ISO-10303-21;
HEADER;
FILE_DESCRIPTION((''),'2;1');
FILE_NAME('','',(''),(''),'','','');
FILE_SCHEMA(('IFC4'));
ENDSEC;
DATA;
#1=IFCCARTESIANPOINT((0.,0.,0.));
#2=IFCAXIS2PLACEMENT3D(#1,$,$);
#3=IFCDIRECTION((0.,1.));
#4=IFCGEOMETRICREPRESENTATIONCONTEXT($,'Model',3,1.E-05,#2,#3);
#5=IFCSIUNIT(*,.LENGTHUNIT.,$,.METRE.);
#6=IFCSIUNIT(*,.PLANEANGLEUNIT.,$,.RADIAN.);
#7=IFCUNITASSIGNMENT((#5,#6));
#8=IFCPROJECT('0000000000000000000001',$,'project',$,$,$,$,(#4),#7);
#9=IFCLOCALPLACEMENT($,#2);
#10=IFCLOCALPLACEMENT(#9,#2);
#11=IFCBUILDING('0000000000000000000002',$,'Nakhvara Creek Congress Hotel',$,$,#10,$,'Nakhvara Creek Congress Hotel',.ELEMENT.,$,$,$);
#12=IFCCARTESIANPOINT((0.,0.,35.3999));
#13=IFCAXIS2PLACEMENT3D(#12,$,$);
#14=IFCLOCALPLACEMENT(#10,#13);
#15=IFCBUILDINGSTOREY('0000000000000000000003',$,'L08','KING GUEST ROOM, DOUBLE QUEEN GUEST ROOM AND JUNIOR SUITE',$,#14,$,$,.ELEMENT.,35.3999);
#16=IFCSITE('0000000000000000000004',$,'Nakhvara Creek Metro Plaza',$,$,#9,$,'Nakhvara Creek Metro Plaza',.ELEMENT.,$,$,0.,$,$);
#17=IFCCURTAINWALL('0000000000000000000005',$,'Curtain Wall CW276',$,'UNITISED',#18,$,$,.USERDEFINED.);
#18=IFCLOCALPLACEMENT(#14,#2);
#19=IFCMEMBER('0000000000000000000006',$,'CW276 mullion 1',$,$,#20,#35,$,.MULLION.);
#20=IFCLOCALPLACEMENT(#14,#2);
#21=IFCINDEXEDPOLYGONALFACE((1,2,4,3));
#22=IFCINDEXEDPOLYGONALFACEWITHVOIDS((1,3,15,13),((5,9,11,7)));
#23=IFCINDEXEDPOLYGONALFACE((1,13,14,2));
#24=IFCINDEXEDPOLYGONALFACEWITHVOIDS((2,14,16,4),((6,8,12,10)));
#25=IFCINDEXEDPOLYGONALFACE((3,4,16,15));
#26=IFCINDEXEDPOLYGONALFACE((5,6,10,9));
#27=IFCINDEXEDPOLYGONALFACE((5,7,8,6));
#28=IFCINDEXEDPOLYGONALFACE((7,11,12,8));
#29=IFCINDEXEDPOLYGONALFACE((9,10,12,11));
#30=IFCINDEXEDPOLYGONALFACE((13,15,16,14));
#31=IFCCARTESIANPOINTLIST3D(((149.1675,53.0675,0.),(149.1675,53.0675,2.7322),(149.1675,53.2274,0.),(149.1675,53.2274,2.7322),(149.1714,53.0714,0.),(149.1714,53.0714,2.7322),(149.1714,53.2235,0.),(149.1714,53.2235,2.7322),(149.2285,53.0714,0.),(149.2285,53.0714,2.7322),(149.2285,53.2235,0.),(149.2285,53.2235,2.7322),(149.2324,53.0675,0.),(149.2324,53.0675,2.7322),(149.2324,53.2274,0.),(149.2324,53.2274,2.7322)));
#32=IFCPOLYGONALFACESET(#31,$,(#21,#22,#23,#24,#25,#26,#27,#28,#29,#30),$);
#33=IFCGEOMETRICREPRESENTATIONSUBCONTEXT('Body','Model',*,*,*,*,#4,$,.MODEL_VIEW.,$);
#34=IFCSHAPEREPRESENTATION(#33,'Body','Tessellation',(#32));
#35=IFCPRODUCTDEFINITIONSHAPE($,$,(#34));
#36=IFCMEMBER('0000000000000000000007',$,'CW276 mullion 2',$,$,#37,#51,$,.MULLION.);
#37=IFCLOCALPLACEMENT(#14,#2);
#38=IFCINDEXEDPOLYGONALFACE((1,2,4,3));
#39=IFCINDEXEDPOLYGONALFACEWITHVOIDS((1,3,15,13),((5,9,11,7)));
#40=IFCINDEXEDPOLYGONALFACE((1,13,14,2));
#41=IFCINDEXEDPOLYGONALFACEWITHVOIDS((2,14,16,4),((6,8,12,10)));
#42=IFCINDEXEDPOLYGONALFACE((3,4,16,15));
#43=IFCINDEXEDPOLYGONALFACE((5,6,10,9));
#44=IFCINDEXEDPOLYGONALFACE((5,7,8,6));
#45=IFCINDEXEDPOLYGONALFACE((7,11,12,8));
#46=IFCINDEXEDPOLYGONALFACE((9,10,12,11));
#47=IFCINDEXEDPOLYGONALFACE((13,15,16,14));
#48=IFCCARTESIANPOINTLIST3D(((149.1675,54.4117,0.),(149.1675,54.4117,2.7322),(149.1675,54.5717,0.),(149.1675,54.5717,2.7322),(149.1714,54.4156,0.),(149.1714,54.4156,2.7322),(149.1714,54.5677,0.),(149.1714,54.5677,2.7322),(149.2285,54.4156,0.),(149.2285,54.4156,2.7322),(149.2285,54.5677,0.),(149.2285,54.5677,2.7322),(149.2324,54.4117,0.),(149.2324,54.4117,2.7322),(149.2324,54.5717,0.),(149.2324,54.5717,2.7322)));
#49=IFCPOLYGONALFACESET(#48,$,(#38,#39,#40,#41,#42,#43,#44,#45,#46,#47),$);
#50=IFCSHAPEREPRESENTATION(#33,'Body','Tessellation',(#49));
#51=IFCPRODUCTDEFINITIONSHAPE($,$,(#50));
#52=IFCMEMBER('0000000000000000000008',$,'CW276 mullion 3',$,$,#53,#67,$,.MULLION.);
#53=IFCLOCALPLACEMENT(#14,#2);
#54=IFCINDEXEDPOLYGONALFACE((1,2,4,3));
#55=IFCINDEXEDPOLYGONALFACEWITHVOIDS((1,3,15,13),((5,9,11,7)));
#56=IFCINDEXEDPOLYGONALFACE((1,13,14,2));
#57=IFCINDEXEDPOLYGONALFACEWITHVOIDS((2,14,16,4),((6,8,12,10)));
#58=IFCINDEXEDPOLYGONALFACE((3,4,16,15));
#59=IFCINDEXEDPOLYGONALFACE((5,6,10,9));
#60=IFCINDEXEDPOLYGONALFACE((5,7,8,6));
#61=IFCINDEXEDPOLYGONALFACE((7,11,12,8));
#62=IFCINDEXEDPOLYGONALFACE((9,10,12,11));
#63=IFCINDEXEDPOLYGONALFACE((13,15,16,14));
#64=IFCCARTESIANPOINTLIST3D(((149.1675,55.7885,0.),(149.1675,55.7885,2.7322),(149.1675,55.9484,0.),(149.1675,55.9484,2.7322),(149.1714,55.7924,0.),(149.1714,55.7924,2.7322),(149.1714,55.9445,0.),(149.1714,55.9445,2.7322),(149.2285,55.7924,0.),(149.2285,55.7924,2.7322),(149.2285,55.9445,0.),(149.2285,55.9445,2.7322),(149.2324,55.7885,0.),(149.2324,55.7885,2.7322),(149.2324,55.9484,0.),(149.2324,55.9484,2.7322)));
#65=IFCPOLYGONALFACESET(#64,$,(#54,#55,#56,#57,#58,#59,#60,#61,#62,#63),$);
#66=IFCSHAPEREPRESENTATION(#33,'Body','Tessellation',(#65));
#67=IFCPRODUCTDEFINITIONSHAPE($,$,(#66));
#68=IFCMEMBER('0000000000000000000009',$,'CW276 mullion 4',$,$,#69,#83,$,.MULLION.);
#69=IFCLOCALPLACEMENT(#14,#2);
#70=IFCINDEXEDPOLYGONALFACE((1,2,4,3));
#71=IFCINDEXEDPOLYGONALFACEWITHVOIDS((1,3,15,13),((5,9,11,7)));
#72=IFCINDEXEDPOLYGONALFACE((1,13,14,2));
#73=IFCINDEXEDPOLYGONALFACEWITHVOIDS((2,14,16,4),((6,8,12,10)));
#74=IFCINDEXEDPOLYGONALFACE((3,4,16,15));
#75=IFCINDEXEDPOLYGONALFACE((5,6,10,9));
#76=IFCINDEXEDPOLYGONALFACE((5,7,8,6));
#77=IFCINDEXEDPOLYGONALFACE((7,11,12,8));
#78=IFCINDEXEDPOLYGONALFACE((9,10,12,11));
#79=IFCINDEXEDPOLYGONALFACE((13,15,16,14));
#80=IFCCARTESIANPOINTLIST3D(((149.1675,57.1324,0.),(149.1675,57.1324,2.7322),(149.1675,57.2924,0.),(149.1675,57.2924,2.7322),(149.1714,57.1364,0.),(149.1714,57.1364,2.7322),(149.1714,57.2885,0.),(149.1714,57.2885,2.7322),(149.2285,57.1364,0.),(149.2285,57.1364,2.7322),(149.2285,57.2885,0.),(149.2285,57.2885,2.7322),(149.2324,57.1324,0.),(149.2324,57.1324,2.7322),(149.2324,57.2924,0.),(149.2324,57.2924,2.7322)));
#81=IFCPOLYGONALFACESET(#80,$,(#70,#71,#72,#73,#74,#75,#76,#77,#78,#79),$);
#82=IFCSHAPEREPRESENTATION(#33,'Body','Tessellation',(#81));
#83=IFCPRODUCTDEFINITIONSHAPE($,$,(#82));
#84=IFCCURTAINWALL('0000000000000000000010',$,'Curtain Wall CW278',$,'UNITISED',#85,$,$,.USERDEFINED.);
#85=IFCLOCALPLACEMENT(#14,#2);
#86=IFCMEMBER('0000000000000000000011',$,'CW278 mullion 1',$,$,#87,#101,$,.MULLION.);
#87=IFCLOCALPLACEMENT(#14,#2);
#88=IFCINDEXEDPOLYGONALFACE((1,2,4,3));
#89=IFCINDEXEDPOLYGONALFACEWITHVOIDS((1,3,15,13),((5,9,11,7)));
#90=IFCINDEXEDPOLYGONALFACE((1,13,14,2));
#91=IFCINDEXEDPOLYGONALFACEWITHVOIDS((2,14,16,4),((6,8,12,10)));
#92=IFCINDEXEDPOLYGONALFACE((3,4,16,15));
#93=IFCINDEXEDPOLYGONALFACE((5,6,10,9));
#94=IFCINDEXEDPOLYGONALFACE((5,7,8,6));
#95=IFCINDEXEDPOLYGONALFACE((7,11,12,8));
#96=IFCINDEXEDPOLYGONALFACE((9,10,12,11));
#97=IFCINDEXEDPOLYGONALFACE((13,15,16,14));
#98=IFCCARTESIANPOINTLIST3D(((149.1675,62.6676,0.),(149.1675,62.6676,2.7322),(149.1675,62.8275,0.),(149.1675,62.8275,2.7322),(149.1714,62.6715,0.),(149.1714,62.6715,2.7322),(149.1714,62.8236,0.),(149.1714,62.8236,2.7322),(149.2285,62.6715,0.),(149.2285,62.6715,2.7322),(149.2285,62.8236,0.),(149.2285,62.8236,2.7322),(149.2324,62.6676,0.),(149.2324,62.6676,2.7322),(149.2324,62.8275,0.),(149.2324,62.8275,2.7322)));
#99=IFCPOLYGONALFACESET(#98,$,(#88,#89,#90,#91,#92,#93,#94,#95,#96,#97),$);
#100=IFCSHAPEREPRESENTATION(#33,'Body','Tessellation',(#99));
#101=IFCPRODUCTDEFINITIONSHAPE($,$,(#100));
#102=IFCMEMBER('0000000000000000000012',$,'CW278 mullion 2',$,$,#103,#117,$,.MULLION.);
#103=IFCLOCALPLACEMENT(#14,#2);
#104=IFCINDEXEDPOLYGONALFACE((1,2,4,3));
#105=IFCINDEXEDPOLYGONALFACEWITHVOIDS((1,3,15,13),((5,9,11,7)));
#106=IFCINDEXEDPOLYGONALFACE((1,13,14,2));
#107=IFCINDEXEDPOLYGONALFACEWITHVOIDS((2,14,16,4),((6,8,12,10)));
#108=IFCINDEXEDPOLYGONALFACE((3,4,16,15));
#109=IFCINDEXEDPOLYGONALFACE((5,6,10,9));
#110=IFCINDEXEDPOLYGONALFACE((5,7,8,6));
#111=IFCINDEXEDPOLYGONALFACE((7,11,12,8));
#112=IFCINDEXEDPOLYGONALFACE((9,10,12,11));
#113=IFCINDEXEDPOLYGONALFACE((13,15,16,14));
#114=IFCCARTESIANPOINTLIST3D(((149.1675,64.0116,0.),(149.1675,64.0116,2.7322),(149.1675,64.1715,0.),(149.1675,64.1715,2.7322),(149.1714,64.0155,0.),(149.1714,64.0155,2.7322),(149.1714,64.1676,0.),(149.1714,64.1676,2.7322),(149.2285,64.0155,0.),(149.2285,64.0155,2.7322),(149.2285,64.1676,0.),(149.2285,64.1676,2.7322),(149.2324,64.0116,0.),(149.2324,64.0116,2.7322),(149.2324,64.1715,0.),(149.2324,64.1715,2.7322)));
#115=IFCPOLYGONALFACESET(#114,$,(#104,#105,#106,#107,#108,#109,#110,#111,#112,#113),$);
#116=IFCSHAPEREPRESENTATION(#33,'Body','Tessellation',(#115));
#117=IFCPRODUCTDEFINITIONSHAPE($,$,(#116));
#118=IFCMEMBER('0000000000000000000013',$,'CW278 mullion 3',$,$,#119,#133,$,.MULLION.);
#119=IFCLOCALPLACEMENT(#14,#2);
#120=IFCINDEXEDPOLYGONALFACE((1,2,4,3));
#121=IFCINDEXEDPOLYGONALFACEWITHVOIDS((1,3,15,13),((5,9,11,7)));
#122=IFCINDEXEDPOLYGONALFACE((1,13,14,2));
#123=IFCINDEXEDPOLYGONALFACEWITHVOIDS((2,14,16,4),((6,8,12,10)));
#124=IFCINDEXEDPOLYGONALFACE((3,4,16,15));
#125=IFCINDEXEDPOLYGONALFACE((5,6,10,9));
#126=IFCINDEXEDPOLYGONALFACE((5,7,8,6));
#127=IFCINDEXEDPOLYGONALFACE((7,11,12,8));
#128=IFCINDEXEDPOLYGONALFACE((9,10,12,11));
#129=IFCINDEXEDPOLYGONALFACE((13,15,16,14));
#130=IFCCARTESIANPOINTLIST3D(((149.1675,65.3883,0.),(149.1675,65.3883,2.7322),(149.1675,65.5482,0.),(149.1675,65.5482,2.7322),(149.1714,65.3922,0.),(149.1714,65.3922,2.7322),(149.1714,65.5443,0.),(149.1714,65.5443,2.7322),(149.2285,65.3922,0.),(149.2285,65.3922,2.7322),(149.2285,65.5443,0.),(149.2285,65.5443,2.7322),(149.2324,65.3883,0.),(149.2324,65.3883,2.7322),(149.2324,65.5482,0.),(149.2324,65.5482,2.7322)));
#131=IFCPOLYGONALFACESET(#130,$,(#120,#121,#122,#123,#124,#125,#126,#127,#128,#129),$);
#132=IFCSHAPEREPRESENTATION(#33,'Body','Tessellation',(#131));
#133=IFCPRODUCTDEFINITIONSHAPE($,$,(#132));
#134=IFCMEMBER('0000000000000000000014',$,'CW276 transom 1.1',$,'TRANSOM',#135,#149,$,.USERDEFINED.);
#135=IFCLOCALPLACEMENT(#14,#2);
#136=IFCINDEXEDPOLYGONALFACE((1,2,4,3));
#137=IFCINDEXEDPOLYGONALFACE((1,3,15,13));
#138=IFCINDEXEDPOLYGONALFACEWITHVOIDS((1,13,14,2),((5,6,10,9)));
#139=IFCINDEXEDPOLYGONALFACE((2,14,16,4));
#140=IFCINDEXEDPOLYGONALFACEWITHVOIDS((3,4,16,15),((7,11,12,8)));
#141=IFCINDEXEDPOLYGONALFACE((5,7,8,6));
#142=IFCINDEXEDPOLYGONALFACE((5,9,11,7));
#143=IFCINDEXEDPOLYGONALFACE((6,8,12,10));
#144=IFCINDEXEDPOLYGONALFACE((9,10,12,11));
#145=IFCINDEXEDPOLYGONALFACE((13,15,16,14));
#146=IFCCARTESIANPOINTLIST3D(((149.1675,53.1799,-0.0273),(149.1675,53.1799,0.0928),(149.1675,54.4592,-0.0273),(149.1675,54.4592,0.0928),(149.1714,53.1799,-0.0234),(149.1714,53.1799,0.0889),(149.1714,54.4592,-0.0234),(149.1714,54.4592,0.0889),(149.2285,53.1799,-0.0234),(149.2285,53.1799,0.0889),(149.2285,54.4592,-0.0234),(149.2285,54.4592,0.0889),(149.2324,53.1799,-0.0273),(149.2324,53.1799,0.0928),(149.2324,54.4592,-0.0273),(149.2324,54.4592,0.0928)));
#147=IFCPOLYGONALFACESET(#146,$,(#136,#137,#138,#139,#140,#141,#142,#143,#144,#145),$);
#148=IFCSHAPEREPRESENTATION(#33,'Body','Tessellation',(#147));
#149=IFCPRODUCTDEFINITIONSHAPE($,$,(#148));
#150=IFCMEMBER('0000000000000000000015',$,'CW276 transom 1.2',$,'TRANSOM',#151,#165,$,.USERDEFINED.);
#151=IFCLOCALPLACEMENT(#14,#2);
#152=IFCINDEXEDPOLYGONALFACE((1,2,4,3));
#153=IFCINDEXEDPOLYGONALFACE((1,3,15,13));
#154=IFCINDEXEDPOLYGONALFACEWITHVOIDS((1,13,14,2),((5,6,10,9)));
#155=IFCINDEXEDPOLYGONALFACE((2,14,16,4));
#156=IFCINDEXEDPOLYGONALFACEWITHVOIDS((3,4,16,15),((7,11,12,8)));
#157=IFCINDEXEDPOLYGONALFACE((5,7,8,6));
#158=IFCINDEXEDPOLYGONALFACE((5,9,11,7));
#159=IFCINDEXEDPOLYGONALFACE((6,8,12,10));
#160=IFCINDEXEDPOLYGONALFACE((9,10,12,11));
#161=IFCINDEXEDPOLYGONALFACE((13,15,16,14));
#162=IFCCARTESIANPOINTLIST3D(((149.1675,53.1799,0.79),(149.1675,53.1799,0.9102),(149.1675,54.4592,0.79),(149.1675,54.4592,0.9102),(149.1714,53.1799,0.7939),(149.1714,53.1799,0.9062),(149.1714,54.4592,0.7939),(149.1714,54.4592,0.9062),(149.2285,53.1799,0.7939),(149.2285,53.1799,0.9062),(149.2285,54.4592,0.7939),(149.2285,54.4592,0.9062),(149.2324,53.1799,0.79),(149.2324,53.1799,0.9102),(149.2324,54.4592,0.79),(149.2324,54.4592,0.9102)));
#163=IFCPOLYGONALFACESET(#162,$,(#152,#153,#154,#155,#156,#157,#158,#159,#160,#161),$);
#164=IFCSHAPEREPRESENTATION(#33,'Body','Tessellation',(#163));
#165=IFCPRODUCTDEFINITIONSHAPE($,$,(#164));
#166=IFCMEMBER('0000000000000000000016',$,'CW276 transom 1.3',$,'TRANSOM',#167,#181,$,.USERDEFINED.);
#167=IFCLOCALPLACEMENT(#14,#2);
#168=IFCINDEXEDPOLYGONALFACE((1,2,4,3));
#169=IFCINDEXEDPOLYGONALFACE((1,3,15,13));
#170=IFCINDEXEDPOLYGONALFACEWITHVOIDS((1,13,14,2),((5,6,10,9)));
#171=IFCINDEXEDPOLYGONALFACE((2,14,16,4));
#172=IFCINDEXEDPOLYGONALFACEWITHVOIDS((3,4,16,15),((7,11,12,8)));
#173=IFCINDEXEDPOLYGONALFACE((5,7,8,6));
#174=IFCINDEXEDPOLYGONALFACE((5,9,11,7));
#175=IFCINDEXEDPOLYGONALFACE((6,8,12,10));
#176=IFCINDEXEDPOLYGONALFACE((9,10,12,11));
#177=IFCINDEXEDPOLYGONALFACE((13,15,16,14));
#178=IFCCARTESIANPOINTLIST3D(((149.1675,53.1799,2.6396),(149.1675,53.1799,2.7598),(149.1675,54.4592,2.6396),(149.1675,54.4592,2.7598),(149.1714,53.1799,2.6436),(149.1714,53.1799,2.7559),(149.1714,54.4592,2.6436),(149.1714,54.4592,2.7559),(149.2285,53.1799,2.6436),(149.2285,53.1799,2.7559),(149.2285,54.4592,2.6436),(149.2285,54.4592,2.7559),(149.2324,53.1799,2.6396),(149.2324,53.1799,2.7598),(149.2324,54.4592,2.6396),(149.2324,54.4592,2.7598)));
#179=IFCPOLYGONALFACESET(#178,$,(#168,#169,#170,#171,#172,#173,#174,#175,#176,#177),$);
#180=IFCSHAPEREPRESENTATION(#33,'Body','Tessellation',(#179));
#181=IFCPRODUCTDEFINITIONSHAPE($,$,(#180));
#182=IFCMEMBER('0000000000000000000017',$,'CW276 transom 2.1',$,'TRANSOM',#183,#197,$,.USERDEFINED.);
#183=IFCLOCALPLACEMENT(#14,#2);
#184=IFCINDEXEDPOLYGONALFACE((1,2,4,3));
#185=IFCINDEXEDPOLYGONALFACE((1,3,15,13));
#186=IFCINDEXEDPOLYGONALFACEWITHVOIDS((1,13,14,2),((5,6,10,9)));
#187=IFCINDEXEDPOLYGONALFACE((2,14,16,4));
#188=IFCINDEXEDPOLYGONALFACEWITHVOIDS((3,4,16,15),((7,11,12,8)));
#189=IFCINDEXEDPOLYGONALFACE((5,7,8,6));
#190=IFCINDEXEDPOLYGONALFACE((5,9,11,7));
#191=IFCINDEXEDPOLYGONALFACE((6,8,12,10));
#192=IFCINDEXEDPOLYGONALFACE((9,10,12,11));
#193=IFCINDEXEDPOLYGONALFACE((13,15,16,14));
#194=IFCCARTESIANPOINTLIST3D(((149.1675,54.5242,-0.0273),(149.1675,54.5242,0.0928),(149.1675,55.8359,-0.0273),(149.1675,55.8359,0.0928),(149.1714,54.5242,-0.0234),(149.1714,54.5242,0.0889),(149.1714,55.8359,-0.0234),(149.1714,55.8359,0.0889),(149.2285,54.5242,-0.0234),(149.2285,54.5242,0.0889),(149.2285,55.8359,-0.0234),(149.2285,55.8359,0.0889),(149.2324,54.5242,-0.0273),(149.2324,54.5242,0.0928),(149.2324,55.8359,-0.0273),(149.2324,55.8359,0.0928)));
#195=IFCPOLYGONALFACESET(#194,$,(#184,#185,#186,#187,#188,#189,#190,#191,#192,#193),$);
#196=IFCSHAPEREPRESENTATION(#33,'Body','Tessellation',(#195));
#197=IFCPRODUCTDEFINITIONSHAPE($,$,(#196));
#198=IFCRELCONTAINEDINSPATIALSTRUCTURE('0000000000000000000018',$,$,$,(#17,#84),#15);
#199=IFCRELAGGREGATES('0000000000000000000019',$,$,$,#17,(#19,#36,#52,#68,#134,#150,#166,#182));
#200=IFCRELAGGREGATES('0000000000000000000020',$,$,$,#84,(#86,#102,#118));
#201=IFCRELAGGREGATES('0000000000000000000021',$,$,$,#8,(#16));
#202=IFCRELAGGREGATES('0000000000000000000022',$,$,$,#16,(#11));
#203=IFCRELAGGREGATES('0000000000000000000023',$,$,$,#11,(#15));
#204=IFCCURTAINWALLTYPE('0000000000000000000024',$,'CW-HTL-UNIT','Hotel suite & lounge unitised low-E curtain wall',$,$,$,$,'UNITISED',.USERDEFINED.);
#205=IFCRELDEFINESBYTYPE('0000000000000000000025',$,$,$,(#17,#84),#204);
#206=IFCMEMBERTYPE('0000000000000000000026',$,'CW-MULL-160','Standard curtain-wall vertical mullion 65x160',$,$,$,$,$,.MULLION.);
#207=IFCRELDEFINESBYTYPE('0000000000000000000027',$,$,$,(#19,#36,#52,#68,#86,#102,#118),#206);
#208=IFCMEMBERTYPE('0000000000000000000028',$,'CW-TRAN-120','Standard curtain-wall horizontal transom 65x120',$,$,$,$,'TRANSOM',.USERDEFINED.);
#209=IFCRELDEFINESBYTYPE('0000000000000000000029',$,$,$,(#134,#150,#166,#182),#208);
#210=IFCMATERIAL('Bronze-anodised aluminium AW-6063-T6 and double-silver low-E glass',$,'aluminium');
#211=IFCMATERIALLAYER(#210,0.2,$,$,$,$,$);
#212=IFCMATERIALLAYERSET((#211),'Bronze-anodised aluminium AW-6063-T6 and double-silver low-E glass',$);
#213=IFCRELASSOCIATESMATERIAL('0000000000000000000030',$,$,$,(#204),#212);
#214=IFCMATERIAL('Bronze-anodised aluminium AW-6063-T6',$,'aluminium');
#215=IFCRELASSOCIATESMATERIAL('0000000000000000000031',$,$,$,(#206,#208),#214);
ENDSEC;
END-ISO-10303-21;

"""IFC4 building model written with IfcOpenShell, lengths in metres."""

from ifc_helpers import new_model, si_unit, direction, frame, origin, origin_2d, place, context, subcontext, project, spatial, hollow_rectangle, extrude, material, layer, layer_set, material_profile, profile_set, type_object, element, aggregate, save


model = new_model("IFC4")

# Units and contexts
model_context = context("Model", 3, precision=1e-05, world=origin(), true_north=direction((0.0, 1.0)))
body_context = subcontext(model_context, "Body", "Model", "MODEL_VIEW")
ifc_project = project(units=[si_unit("LENGTHUNIT", "METRE"), si_unit("PLANEANGLEUNIT", "RADIAN")], contexts=[model_context])

# Site, building, storey
site_placement = place(None, origin())
site = spatial("IfcSite", under=ifc_project, at=site_placement, Name="Nakhvara Creek Metro Plaza", LongName="Nakhvara Creek Metro Plaza", CompositionType="ELEMENT", RefElevation=0.0)
building_placement = place(site_placement, origin())
building = spatial("IfcBuilding", under=site, at=building_placement, Name="Nakhvara Creek Congress Hotel", LongName="Nakhvara Creek Congress Hotel", CompositionType="ELEMENT")
storey_placement = place(building_placement, frame((0.0, 0.0, 35.3999)))
storey = spatial("IfcBuildingStorey", under=building, at=storey_placement, Name="L08", Description="KING GUEST ROOM, DOUBLE QUEEN GUEST ROOM AND JUNIOR SUITE", CompositionType="ELEMENT", Elevation=35.3999)

# Curtain walls, members
ifc_material_1 = material(Name="Bronze-anodised aluminium AW-6063-T6 and double-silver low-E glass", Category="aluminium")
ifc_layer = layer(ifc_material_1, 0.2)
ifc_layer_set = layer_set([ifc_layer], Name="Bronze-anodised aluminium AW-6063-T6 and double-silver low-E glass")
curtain_wall_type = type_object("IfcCurtainWallType", Name="CW-HTL-UNIT", Description="Hotel suite & lounge unitised low-E curtain wall", ElementType="UNITISED", PredefinedType="USERDEFINED", material=ifc_layer_set)
curtain_wall_1_placement = place(storey_placement, origin())
curtain_wall_1 = element("IfcCurtainWall", 1, at=curtain_wall_1_placement, inside=storey, type_object=curtain_wall_type, Name="Curtain Wall CW276", ObjectType="UNITISED", PredefinedType="USERDEFINED")
ifc_material_2 = material(Name="Bronze-anodised aluminium AW-6063-T6", Category="aluminium")
ifc_material_profile_1 = material_profile(ifc_material_2, hollow_rectangle(XDim=0.0649, YDim=0.1599, WallThickness=0.0039, at=origin_2d()), Name="ALU-MULL 65x160x4", Category="LoadBearing")
ifc_profile_set_1 = profile_set([ifc_material_profile_1], Name="Bronze-anodised aluminium AW-6063-T6")
member_type_1 = type_object("IfcMemberType", Name="CW-MULL-160", Description="Standard curtain-wall vertical mullion 65x160", PredefinedType="MULLION", material=ifc_profile_set_1)
member_1_placement = place(storey_placement, frame((149.2, 53.1475, 0.0), z_axis=(0.0, 0.0, 1.0), x_axis=(-1.0, 0.0, 0.0)))
member_1 = element("IfcMember", 2, at=member_1_placement, type_object=member_type_1, Name="CW276 mullion 1", PredefinedType="MULLION", context=body_context, shape_type="SweptSolid", body=[
    extrude(hollow_rectangle(XDim=0.0649, YDim=0.1599, WallThickness=0.0039, at=origin_2d()), origin(), (0.0, 0.0, 1.0), 2.7322),
])
member_2_placement = place(storey_placement, frame((149.2, 54.4917, 0.0), z_axis=(0.0, 0.0, 1.0), x_axis=(-1.0, 0.0, 0.0)))
member_2 = element("IfcMember", 3, at=member_2_placement, type_object=member_type_1, Name="CW276 mullion 2", PredefinedType="MULLION", context=body_context, shape_type="SweptSolid", body=[
    extrude(hollow_rectangle(XDim=0.0649, YDim=0.1599, WallThickness=0.0039, at=origin_2d()), origin(), (0.0, 0.0, 1.0), 2.7322),
])
member_3_placement = place(storey_placement, frame((149.2, 55.8684, 0.0), z_axis=(0.0, 0.0, 1.0), x_axis=(-1.0, 0.0, 0.0)))
member_3 = element("IfcMember", 4, at=member_3_placement, type_object=member_type_1, Name="CW276 mullion 3", PredefinedType="MULLION", context=body_context, shape_type="SweptSolid", body=[
    extrude(hollow_rectangle(XDim=0.0649, YDim=0.1599, WallThickness=0.0039, at=origin_2d()), origin(), (0.0, 0.0, 1.0), 2.7322),
])
member_4_placement = place(storey_placement, frame((149.2, 57.2124, 0.0), z_axis=(0.0, 0.0, 1.0), x_axis=(-1.0, 0.0, 0.0)))
member_4 = element("IfcMember", 5, at=member_4_placement, type_object=member_type_1, Name="CW276 mullion 4", PredefinedType="MULLION", context=body_context, shape_type="SweptSolid", body=[
    extrude(hollow_rectangle(XDim=0.0649, YDim=0.1599, WallThickness=0.0039, at=origin_2d()), origin(), (0.0, 0.0, 1.0), 2.7322),
])
curtain_wall_2_placement = place(storey_placement, origin())
curtain_wall_2 = element("IfcCurtainWall", 6, at=curtain_wall_2_placement, inside=storey, type_object=curtain_wall_type, Name="Curtain Wall CW278", ObjectType="UNITISED", PredefinedType="USERDEFINED")
member_5_placement = place(storey_placement, frame((149.2, 62.7476, 0.0), z_axis=(0.0, 0.0, 1.0), x_axis=(-1.0, 0.0, 0.0)))
member_5 = element("IfcMember", 7, at=member_5_placement, type_object=member_type_1, Name="CW278 mullion 1", PredefinedType="MULLION", context=body_context, shape_type="SweptSolid", body=[
    extrude(hollow_rectangle(XDim=0.0649, YDim=0.1599, WallThickness=0.0039, at=origin_2d()), origin(), (0.0, 0.0, 1.0), 2.7322),
])
member_6_placement = place(storey_placement, frame((149.2, 64.0916, 0.0), z_axis=(0.0, 0.0, 1.0), x_axis=(-1.0, 0.0, 0.0)))
member_6 = element("IfcMember", 8, at=member_6_placement, type_object=member_type_1, Name="CW278 mullion 2", PredefinedType="MULLION", context=body_context, shape_type="SweptSolid", body=[
    extrude(hollow_rectangle(XDim=0.0649, YDim=0.1599, WallThickness=0.0039, at=origin_2d()), origin(), (0.0, 0.0, 1.0), 2.7322),
])
member_7_placement = place(storey_placement, frame((149.2, 65.4683, 0.0), z_axis=(0.0, 0.0, 1.0), x_axis=(-1.0, 0.0, 0.0)))
member_7 = element("IfcMember", 9, at=member_7_placement, type_object=member_type_1, Name="CW278 mullion 3", PredefinedType="MULLION", context=body_context, shape_type="SweptSolid", body=[
    extrude(hollow_rectangle(XDim=0.0649, YDim=0.1599, WallThickness=0.0039, at=origin_2d()), origin(), (0.0, 0.0, 1.0), 2.7322),
])

# Members
ifc_material_profile_2 = material_profile(ifc_material_2, hollow_rectangle(XDim=0.0649, YDim=0.1201, WallThickness=0.0039, at=origin_2d()), Name="ALU-TRAN 65x120x4", Category="LoadBearing")
ifc_profile_set_2 = profile_set([ifc_material_profile_2], Name="Bronze-anodised aluminium AW-6063-T6")
member_type_2 = type_object("IfcMemberType", Name="CW-TRAN-120", Description="Standard curtain-wall horizontal transom 65x120", ElementType="TRANSOM", PredefinedType="USERDEFINED", material=ifc_profile_set_2)
member_8_placement = place(storey_placement, frame((149.2, 53.1799, 0.0327), z_axis=(0.0, 1.0, 0.0), x_axis=(-1.0, 0.0, 0.0)))
member_8 = element("IfcMember", 10, at=member_8_placement, type_object=member_type_2, Name="CW276 transom 1.1", ObjectType="TRANSOM", PredefinedType="USERDEFINED", context=body_context, shape_type="SweptSolid", body=[
    extrude(hollow_rectangle(XDim=0.0649, YDim=0.1201, WallThickness=0.0039, at=origin_2d()), origin(), (0.0, 0.0, 1.0), 1.2793),
])
member_9_placement = place(storey_placement, frame((149.2, 53.1799, 0.8501), z_axis=(0.0, 1.0, 0.0), x_axis=(-1.0, 0.0, 0.0)))
member_9 = element("IfcMember", 11, at=member_9_placement, type_object=member_type_2, Name="CW276 transom 1.2", ObjectType="TRANSOM", PredefinedType="USERDEFINED", context=body_context, shape_type="SweptSolid", body=[
    extrude(hollow_rectangle(XDim=0.0649, YDim=0.1201, WallThickness=0.0039, at=origin_2d()), origin(), (0.0, 0.0, 1.0), 1.2793),
])
member_10_placement = place(storey_placement, frame((149.2, 53.1799, 2.6997), z_axis=(0.0, 1.0, 0.0), x_axis=(-1.0, 0.0, 0.0)))
member_10 = element("IfcMember", 12, at=member_10_placement, type_object=member_type_2, Name="CW276 transom 1.3", ObjectType="TRANSOM", PredefinedType="USERDEFINED", context=body_context, shape_type="SweptSolid", body=[
    extrude(hollow_rectangle(XDim=0.0649, YDim=0.1201, WallThickness=0.0039, at=origin_2d()), origin(), (0.0, 0.0, 1.0), 1.2793),
])
member_11_placement = place(storey_placement, frame((149.2, 54.5242, 0.0327), z_axis=(0.0, 1.0, 0.0), x_axis=(-1.0, 0.0, 0.0)))
member_11 = element("IfcMember", 13, at=member_11_placement, type_object=member_type_2, Name="CW276 transom 2.1", ObjectType="TRANSOM", PredefinedType="USERDEFINED", context=body_context, shape_type="SweptSolid", body=[
    extrude(hollow_rectangle(XDim=0.0649, YDim=0.1201, WallThickness=0.0039, at=origin_2d()), origin(), (0.0, 0.0, 1.0), 1.3118),
])

aggregate(curtain_wall_1, [member_1, member_2, member_3, member_4, member_8, member_9, member_10, member_11])
aggregate(curtain_wall_2, [member_5, member_6, member_7])

save(model, "model.ifc")
